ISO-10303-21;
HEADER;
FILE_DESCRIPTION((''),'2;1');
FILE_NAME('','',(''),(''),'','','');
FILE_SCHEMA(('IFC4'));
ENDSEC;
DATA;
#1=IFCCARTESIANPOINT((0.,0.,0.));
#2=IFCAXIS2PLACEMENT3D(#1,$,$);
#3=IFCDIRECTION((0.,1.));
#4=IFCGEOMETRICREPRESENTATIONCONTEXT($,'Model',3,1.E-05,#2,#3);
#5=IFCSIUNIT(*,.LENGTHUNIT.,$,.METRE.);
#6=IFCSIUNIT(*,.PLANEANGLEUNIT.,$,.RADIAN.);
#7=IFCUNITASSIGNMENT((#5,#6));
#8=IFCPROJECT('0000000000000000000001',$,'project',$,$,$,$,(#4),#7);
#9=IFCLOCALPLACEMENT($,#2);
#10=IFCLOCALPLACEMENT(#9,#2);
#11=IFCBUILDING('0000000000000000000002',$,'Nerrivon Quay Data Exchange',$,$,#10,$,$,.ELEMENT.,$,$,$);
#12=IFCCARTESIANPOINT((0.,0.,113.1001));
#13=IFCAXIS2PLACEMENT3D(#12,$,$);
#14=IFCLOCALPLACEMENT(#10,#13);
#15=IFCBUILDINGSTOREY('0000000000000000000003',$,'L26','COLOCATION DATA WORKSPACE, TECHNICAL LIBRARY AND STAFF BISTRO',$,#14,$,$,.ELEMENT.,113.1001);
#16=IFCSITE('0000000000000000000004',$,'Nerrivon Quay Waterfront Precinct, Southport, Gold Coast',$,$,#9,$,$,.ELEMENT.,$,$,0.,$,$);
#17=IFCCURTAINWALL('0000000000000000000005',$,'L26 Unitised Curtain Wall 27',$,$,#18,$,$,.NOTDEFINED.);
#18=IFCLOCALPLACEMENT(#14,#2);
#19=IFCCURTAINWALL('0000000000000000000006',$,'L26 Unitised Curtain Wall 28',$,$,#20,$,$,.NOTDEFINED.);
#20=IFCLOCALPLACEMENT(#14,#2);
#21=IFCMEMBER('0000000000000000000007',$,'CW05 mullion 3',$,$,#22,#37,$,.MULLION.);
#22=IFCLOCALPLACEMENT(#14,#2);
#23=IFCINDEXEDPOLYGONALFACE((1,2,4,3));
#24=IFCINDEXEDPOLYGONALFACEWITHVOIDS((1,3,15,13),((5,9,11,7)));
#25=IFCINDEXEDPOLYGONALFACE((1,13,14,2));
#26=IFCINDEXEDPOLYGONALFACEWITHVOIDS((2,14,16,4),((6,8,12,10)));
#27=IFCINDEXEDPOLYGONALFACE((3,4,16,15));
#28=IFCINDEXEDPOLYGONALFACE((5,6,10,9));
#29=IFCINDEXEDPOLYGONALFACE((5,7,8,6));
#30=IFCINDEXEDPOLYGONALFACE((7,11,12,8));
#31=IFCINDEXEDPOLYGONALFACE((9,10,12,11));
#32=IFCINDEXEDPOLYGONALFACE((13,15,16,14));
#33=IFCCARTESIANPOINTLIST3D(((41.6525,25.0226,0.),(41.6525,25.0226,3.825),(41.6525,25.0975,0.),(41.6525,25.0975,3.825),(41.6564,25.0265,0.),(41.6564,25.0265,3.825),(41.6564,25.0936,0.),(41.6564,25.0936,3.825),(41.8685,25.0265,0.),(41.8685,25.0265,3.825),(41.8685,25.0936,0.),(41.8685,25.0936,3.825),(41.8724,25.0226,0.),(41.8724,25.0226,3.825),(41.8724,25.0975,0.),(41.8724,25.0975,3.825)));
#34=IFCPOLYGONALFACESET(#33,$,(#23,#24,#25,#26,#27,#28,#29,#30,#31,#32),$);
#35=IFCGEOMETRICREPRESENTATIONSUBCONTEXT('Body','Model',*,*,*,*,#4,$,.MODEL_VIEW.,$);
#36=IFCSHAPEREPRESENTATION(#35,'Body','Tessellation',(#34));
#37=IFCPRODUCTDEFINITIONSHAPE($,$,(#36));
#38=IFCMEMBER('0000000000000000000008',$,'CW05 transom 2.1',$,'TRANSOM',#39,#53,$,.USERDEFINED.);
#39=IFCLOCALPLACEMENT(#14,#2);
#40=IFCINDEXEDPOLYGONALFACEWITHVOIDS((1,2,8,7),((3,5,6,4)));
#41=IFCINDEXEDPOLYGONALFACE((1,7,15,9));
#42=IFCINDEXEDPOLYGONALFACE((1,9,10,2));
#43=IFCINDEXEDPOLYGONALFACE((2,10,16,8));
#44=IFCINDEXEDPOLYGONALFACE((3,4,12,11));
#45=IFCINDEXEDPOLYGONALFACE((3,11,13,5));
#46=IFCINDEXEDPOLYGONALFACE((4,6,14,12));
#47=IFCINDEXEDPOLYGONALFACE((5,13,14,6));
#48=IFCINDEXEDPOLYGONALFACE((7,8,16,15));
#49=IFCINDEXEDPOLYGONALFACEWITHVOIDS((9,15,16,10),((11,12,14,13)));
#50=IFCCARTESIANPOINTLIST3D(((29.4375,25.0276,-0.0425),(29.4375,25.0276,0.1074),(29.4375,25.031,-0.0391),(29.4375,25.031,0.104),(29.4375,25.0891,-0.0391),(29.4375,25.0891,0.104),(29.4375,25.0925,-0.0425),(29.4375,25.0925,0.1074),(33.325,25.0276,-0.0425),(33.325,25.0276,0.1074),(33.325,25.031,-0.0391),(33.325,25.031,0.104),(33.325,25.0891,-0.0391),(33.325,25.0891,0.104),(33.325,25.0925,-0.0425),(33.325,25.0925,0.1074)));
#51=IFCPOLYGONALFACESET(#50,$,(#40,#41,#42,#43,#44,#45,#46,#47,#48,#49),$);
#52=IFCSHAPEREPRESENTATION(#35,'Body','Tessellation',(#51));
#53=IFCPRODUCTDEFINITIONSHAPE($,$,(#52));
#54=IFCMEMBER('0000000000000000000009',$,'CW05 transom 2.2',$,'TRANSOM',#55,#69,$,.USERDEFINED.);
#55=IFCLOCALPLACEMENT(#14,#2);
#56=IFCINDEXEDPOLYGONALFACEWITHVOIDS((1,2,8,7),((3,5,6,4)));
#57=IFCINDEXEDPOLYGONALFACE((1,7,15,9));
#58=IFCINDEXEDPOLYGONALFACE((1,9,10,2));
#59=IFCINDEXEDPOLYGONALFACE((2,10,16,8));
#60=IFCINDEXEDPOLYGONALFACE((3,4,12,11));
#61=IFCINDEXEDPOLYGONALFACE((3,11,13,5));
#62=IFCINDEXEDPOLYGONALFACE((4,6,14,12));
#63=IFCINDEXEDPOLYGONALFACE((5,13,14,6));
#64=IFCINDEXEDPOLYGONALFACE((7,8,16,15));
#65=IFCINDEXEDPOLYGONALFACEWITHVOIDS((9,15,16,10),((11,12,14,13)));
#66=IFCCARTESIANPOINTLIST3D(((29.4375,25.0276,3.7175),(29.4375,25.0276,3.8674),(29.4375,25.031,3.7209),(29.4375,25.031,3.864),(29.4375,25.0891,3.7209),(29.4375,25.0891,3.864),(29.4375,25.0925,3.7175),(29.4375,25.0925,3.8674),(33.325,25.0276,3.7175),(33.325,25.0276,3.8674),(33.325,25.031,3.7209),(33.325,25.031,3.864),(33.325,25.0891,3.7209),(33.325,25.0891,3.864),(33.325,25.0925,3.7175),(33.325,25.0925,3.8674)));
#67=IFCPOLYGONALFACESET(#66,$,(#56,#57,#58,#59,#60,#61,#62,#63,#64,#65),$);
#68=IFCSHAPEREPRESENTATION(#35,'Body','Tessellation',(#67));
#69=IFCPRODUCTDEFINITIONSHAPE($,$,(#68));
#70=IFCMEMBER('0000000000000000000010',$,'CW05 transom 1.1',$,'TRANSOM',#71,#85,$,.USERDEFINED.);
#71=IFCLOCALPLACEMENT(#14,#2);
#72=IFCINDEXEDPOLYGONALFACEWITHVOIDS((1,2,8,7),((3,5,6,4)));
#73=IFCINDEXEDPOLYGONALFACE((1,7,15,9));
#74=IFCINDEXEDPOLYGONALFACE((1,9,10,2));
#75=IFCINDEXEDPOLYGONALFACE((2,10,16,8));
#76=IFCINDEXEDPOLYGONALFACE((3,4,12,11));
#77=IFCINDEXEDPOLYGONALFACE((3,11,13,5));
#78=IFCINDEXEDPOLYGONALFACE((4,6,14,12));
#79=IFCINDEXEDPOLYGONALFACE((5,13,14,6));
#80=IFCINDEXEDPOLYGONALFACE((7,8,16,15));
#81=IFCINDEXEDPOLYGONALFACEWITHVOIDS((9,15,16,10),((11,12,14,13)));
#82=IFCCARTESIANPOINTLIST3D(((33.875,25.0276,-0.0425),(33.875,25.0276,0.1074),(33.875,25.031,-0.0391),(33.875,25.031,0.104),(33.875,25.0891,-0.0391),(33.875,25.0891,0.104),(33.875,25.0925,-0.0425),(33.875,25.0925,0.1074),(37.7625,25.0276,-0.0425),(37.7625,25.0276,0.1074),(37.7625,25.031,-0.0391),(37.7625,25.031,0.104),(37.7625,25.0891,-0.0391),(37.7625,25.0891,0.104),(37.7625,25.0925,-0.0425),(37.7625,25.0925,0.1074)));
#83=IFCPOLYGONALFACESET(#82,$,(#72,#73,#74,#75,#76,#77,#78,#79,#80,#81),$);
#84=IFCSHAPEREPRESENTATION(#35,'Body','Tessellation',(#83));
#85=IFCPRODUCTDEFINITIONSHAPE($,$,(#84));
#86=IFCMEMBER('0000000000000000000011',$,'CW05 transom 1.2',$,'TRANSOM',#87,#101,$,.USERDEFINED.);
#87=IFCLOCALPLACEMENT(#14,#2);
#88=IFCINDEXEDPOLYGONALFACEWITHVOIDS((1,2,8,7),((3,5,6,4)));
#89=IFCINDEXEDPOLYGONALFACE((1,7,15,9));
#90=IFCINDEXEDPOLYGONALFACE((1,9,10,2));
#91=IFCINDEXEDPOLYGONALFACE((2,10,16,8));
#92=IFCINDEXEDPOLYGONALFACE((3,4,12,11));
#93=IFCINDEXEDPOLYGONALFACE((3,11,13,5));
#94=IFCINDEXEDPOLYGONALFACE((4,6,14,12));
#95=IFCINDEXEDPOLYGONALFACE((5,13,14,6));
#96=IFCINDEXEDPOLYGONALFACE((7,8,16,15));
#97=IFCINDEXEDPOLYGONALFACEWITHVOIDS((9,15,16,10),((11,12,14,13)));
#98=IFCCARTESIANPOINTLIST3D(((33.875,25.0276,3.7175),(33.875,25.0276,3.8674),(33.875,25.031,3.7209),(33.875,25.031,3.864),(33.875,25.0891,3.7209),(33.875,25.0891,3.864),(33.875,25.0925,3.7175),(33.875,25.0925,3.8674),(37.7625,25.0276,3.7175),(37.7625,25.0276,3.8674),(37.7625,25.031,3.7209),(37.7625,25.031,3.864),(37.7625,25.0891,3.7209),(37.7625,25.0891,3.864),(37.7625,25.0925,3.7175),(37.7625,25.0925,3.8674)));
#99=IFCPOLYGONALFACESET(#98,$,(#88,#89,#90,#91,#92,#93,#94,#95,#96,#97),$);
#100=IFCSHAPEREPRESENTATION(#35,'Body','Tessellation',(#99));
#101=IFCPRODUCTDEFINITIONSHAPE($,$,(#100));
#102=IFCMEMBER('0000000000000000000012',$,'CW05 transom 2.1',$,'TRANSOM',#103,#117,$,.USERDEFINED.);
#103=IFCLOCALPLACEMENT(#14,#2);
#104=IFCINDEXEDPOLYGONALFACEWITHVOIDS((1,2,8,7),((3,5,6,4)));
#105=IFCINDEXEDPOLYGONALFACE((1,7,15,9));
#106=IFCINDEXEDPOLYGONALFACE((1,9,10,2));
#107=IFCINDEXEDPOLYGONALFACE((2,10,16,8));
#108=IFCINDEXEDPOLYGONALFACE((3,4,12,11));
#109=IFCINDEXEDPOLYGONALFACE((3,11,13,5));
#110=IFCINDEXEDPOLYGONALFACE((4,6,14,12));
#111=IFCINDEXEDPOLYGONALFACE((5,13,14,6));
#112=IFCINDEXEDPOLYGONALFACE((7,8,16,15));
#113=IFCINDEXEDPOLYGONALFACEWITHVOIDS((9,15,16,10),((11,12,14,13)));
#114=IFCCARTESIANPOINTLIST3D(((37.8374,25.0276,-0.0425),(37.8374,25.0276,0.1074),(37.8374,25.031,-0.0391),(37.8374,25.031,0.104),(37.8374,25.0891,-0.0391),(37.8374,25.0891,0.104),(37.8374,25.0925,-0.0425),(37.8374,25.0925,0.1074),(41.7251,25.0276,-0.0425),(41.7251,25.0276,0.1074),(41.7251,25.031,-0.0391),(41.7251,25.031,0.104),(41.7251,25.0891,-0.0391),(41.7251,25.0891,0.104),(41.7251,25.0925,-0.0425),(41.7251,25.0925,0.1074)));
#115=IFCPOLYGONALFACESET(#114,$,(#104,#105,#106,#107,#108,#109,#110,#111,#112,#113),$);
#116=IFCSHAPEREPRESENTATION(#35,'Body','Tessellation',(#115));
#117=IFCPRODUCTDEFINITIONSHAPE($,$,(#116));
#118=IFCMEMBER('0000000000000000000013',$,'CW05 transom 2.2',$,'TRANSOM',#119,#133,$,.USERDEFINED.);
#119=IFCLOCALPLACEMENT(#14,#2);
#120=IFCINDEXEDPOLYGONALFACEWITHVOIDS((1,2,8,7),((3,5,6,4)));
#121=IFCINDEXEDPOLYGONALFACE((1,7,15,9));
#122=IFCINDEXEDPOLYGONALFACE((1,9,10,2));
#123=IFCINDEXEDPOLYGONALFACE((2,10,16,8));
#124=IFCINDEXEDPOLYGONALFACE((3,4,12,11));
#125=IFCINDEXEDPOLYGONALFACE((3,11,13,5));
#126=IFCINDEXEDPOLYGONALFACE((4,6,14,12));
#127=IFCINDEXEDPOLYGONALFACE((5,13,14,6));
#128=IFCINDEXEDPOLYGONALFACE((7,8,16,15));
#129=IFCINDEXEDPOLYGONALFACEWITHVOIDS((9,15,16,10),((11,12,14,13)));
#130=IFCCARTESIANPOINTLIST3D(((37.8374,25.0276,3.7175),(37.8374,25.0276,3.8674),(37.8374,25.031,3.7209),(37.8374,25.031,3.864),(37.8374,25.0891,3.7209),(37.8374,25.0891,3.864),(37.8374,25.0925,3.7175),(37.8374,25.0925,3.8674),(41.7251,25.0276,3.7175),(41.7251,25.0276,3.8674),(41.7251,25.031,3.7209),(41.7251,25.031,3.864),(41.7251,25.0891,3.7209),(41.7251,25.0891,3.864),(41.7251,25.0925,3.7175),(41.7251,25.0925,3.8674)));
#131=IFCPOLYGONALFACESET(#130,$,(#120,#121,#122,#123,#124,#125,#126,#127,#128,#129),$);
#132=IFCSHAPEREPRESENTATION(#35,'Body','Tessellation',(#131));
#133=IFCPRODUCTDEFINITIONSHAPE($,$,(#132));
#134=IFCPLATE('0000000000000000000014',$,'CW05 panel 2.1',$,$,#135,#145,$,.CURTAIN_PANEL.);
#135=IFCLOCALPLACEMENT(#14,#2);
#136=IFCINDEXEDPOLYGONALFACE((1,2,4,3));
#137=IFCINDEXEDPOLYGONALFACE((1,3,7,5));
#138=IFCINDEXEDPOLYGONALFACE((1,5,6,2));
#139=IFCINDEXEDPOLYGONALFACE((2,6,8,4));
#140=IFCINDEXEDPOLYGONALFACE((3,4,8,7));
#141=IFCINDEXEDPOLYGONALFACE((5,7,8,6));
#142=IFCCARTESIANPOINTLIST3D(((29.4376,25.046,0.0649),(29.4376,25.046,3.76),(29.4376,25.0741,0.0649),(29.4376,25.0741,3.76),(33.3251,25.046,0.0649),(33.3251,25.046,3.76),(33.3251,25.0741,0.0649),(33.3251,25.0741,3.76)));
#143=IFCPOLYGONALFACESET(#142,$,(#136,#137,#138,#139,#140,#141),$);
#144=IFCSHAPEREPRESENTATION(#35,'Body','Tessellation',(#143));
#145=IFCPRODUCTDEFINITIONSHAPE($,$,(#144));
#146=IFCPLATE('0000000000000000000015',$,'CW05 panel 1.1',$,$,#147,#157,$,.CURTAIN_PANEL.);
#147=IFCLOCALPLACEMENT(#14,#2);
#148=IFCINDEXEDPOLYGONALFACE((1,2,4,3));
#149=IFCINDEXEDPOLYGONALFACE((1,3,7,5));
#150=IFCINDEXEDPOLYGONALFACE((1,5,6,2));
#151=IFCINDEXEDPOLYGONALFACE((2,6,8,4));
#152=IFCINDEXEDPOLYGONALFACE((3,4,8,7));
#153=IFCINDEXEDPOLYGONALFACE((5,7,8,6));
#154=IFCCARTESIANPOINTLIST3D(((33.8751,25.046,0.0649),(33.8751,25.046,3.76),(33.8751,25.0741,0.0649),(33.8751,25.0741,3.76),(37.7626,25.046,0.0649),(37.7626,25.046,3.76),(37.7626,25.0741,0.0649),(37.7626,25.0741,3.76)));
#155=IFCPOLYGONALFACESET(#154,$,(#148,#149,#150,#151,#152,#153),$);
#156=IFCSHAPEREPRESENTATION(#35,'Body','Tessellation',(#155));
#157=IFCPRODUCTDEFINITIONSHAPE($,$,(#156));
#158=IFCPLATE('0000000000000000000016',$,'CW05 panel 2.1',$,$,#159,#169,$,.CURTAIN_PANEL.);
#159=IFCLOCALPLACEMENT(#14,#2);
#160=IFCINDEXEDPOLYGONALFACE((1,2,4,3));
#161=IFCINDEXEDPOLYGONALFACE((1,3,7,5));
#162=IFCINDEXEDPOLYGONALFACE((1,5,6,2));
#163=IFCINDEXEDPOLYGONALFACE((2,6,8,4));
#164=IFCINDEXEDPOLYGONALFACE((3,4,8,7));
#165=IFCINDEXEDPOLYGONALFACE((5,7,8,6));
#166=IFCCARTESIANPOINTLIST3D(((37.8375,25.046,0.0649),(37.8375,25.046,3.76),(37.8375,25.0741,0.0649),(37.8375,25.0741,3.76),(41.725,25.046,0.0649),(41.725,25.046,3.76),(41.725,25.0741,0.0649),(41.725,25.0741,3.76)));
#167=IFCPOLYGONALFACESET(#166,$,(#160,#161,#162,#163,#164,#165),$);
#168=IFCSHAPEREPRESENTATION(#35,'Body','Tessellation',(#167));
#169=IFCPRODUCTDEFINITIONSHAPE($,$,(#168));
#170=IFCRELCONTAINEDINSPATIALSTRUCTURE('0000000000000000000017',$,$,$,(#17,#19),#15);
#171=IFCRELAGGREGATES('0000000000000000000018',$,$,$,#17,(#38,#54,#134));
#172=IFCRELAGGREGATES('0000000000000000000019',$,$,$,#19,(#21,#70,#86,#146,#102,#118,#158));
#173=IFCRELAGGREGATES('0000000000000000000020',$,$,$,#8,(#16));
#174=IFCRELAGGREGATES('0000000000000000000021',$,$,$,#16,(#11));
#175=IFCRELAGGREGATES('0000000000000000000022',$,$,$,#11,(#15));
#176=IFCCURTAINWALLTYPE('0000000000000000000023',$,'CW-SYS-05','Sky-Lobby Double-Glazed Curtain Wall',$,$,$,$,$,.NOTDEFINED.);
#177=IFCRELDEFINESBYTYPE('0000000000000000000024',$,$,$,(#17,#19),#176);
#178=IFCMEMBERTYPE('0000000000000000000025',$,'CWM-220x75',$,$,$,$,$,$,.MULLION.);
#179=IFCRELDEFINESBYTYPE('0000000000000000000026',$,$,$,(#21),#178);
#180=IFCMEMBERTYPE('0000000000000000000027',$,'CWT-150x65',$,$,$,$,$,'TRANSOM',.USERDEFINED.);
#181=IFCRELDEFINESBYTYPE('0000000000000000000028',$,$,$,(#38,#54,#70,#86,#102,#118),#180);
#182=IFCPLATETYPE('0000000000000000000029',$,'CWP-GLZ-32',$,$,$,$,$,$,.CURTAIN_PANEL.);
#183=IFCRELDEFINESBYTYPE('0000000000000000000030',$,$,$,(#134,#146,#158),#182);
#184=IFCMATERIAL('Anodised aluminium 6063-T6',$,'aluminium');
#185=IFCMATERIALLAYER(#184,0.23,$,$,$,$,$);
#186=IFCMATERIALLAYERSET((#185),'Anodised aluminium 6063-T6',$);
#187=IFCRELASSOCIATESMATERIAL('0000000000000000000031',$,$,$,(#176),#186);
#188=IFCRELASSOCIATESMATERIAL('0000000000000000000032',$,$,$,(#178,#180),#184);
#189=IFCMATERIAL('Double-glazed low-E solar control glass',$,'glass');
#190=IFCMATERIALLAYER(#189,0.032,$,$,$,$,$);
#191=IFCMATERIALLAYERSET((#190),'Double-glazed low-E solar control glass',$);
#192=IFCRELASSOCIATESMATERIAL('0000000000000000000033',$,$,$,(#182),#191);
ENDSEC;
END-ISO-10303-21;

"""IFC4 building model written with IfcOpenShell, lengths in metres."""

from ifc_helpers import new_model, si_unit, direction, frame, origin, origin_2d, place, context, subcontext, project, spatial, rectangle, hollow_rectangle, extrude, material, layer, layer_set, material_profile, profile_set, type_object, element, aggregate, save


model = new_model("IFC4")

# Units and contexts
model_context = context("Model", 3, precision=1e-05, world=origin(), true_north=direction((0.0, 1.0)))
body_context = subcontext(model_context, "Body", "Model", "MODEL_VIEW")
ifc_project = project(units=[si_unit("LENGTHUNIT", "METRE"), si_unit("PLANEANGLEUNIT", "RADIAN")], contexts=[model_context])

# Site, building, storey
site_placement = place(None, origin())
site = spatial("IfcSite", under=ifc_project, at=site_placement, Name="Nerrivon Quay Waterfront Precinct, Southport, Gold Coast", CompositionType="ELEMENT", RefElevation=0.0)
building_placement = place(site_placement, origin())
building = spatial("IfcBuilding", under=site, at=building_placement, Name="Nerrivon Quay Data Exchange", CompositionType="ELEMENT")
storey_placement = place(building_placement, frame((0.0, 0.0, 113.1001)))
storey = spatial("IfcBuildingStorey", under=building, at=storey_placement, Name="L26", Description="COLOCATION DATA WORKSPACE, TECHNICAL LIBRARY AND STAFF BISTRO", CompositionType="ELEMENT", Elevation=113.1001)

# Curtain wall
ifc_material_1 = material(Name="Anodised aluminium 6063-T6", Category="aluminium")
ifc_layer_1 = layer(ifc_material_1, 0.23)
ifc_layer_set_1 = layer_set([ifc_layer_1], Name="Anodised aluminium 6063-T6")
curtain_wall_type = type_object("IfcCurtainWallType", Name="CW-SYS-05", Description="Sky-Lobby Double-Glazed Curtain Wall", PredefinedType="NOTDEFINED", material=ifc_layer_set_1)
curtain_wall_1_placement = place(storey_placement, origin())
curtain_wall_1 = element("IfcCurtainWall", 1, at=curtain_wall_1_placement, inside=storey, type_object=curtain_wall_type, Name="L26 Unitised Curtain Wall 27", PredefinedType="NOTDEFINED")
ifc_material_profile_1 = material_profile(ifc_material_1, hollow_rectangle(XDim=0.075, YDim=0.22, WallThickness=0.0039, at=origin_2d()), Name="ALU-MULL-220x75")
ifc_profile_set_1 = profile_set([ifc_material_profile_1], Name="Anodised aluminium 6063-T6")
member_type_1 = type_object("IfcMemberType", Name="CWM-220x75", PredefinedType="MULLION", material=ifc_profile_set_1)

# Curtain wall, member
curtain_wall_2_placement = place(storey_placement, origin())
curtain_wall_2 = element("IfcCurtainWall", 2, at=curtain_wall_2_placement, inside=storey, type_object=curtain_wall_type, Name="L26 Unitised Curtain Wall 28", PredefinedType="NOTDEFINED")
member_1_placement = place(storey_placement, frame((41.7625, 25.0601, 0.0), z_axis=(0.0, 0.0, 1.0), x_axis=(0.0, 1.0, 0.0)))
member_1 = element("IfcMember", 3, at=member_1_placement, type_object=member_type_1, Name="CW05 mullion 3", PredefinedType="MULLION", context=body_context, shape_type="SweptSolid", body=[
    extrude(hollow_rectangle(XDim=0.075, YDim=0.22, WallThickness=0.0039, at=origin_2d()), origin(), (0.0, 0.0, 1.0), 3.825),
])

# Members
ifc_material_profile_2 = material_profile(ifc_material_1, hollow_rectangle(XDim=0.0649, YDim=0.1499, WallThickness=0.0034, at=origin_2d()), Name="ALU-TRAN-150x65")
ifc_profile_set_2 = profile_set([ifc_material_profile_2], Name="Anodised aluminium 6063-T6")
member_type_2 = type_object("IfcMemberType", Name="CWT-150x65", ElementType="TRANSOM", PredefinedType="USERDEFINED", material=ifc_profile_set_2)
member_2_placement = place(storey_placement, frame((29.4375, 25.0601, 0.0325), z_axis=(1.0, 0.0, 0.0), x_axis=(0.0, 1.0, 0.0)))
member_2 = element("IfcMember", 4, at=member_2_placement, type_object=member_type_2, Name="CW05 transom 2.1", ObjectType="TRANSOM", PredefinedType="USERDEFINED", context=body_context, shape_type="SweptSolid", body=[
    extrude(hollow_rectangle(XDim=0.0649, YDim=0.1499, WallThickness=0.0034, at=origin_2d()), origin(), (0.0, 0.0, 1.0), 3.8875),
])
member_3_placement = place(storey_placement, frame((29.4375, 25.0601, 3.7925), z_axis=(1.0, 0.0, 0.0), x_axis=(0.0, 1.0, 0.0)))
member_3 = element("IfcMember", 5, at=member_3_placement, type_object=member_type_2, Name="CW05 transom 2.2", ObjectType="TRANSOM", PredefinedType="USERDEFINED", context=body_context, shape_type="SweptSolid", body=[
    extrude(hollow_rectangle(XDim=0.0649, YDim=0.1499, WallThickness=0.0034, at=origin_2d()), origin(), (0.0, 0.0, 1.0), 3.8875),
])
member_4_placement = place(storey_placement, frame((33.875, 25.0601, 0.0325), z_axis=(1.0, 0.0, 0.0), x_axis=(0.0, 1.0, 0.0)))
member_4 = element("IfcMember", 6, at=member_4_placement, type_object=member_type_2, Name="CW05 transom 1.1", ObjectType="TRANSOM", PredefinedType="USERDEFINED", context=body_context, shape_type="SweptSolid", body=[
    extrude(hollow_rectangle(XDim=0.0649, YDim=0.1499, WallThickness=0.0034, at=origin_2d()), origin(), (0.0, 0.0, 1.0), 3.8875),
])
member_5_placement = place(storey_placement, frame((33.875, 25.0601, 3.7925), z_axis=(1.0, 0.0, 0.0), x_axis=(0.0, 1.0, 0.0)))
member_5 = element("IfcMember", 7, at=member_5_placement, type_object=member_type_2, Name="CW05 transom 1.2", ObjectType="TRANSOM", PredefinedType="USERDEFINED", context=body_context, shape_type="SweptSolid", body=[
    extrude(hollow_rectangle(XDim=0.0649, YDim=0.1499, WallThickness=0.0034, at=origin_2d()), origin(), (0.0, 0.0, 1.0), 3.8875),
])
member_6_placement = place(storey_placement, frame((37.8374, 25.0601, 0.0325), z_axis=(1.0, 0.0, 0.0), x_axis=(0.0, 1.0, 0.0)))
member_6 = element("IfcMember", 8, at=member_6_placement, type_object=member_type_2, Name="CW05 transom 2.1", ObjectType="TRANSOM", PredefinedType="USERDEFINED", context=body_context, shape_type="SweptSolid", body=[
    extrude(hollow_rectangle(XDim=0.0649, YDim=0.1499, WallThickness=0.0034, at=origin_2d()), origin(), (0.0, 0.0, 1.0), 3.8877),
])
member_7_placement = place(storey_placement, frame((37.8374, 25.0601, 3.7925), z_axis=(1.0, 0.0, 0.0), x_axis=(0.0, 1.0, 0.0)))
member_7 = element("IfcMember", 9, at=member_7_placement, type_object=member_type_2, Name="CW05 transom 2.2", ObjectType="TRANSOM", PredefinedType="USERDEFINED", context=body_context, shape_type="SweptSolid", body=[
    extrude(hollow_rectangle(XDim=0.0649, YDim=0.1499, WallThickness=0.0034, at=origin_2d()), origin(), (0.0, 0.0, 1.0), 3.8877),
])

# Plates
ifc_material_2 = material(Name="Double-glazed low-E solar control glass", Category="glass")
ifc_layer_2 = layer(ifc_material_2, 0.032)
ifc_layer_set_2 = layer_set([ifc_layer_2], Name="Double-glazed low-E solar control glass")
plate_type = type_object("IfcPlateType", Name="CWP-GLZ-32", PredefinedType="CURTAIN_PANEL", material=ifc_layer_set_2)
plate_1_placement = place(storey_placement, frame((31.3813, 25.0601, 0.0649), z_axis=(0.0, 0.0, 1.0), x_axis=(1.0, 0.0, 0.0)))
plate_1 = element("IfcPlate", 10, at=plate_1_placement, type_object=plate_type, Name="CW05 panel 2.1", PredefinedType="CURTAIN_PANEL", context=body_context, shape_type="SweptSolid", body=[
    extrude(rectangle(XDim=3.8875, YDim=0.0281, at=origin_2d()), origin(), (0.0, 0.0, 1.0), 3.6951),
])
aggregate(curtain_wall_1, [member_2, member_3, plate_1])
plate_2_placement = place(storey_placement, frame((35.8188, 25.0601, 0.0649), z_axis=(0.0, 0.0, 1.0), x_axis=(1.0, 0.0, 0.0)))
plate_2 = element("IfcPlate", 11, at=plate_2_placement, type_object=plate_type, Name="CW05 panel 1.1", PredefinedType="CURTAIN_PANEL", context=body_context, shape_type="SweptSolid", body=[
    extrude(rectangle(XDim=3.8875, YDim=0.0281, at=origin_2d()), origin(), (0.0, 0.0, 1.0), 3.6951),
])
plate_3_placement = place(storey_placement, frame((39.7812, 25.0601, 0.0649), z_axis=(0.0, 0.0, 1.0), x_axis=(1.0, 0.0, 0.0)))
plate_3 = element("IfcPlate", 12, at=plate_3_placement, type_object=plate_type, Name="CW05 panel 2.1", PredefinedType="CURTAIN_PANEL", context=body_context, shape_type="SweptSolid", body=[
    extrude(rectangle(XDim=3.8875, YDim=0.0281, at=origin_2d()), origin(), (0.0, 0.0, 1.0), 3.6951),
])
aggregate(curtain_wall_2, [member_1, member_4, member_5, plate_2, member_6, member_7, plate_3])

save(model, "model.ifc")
